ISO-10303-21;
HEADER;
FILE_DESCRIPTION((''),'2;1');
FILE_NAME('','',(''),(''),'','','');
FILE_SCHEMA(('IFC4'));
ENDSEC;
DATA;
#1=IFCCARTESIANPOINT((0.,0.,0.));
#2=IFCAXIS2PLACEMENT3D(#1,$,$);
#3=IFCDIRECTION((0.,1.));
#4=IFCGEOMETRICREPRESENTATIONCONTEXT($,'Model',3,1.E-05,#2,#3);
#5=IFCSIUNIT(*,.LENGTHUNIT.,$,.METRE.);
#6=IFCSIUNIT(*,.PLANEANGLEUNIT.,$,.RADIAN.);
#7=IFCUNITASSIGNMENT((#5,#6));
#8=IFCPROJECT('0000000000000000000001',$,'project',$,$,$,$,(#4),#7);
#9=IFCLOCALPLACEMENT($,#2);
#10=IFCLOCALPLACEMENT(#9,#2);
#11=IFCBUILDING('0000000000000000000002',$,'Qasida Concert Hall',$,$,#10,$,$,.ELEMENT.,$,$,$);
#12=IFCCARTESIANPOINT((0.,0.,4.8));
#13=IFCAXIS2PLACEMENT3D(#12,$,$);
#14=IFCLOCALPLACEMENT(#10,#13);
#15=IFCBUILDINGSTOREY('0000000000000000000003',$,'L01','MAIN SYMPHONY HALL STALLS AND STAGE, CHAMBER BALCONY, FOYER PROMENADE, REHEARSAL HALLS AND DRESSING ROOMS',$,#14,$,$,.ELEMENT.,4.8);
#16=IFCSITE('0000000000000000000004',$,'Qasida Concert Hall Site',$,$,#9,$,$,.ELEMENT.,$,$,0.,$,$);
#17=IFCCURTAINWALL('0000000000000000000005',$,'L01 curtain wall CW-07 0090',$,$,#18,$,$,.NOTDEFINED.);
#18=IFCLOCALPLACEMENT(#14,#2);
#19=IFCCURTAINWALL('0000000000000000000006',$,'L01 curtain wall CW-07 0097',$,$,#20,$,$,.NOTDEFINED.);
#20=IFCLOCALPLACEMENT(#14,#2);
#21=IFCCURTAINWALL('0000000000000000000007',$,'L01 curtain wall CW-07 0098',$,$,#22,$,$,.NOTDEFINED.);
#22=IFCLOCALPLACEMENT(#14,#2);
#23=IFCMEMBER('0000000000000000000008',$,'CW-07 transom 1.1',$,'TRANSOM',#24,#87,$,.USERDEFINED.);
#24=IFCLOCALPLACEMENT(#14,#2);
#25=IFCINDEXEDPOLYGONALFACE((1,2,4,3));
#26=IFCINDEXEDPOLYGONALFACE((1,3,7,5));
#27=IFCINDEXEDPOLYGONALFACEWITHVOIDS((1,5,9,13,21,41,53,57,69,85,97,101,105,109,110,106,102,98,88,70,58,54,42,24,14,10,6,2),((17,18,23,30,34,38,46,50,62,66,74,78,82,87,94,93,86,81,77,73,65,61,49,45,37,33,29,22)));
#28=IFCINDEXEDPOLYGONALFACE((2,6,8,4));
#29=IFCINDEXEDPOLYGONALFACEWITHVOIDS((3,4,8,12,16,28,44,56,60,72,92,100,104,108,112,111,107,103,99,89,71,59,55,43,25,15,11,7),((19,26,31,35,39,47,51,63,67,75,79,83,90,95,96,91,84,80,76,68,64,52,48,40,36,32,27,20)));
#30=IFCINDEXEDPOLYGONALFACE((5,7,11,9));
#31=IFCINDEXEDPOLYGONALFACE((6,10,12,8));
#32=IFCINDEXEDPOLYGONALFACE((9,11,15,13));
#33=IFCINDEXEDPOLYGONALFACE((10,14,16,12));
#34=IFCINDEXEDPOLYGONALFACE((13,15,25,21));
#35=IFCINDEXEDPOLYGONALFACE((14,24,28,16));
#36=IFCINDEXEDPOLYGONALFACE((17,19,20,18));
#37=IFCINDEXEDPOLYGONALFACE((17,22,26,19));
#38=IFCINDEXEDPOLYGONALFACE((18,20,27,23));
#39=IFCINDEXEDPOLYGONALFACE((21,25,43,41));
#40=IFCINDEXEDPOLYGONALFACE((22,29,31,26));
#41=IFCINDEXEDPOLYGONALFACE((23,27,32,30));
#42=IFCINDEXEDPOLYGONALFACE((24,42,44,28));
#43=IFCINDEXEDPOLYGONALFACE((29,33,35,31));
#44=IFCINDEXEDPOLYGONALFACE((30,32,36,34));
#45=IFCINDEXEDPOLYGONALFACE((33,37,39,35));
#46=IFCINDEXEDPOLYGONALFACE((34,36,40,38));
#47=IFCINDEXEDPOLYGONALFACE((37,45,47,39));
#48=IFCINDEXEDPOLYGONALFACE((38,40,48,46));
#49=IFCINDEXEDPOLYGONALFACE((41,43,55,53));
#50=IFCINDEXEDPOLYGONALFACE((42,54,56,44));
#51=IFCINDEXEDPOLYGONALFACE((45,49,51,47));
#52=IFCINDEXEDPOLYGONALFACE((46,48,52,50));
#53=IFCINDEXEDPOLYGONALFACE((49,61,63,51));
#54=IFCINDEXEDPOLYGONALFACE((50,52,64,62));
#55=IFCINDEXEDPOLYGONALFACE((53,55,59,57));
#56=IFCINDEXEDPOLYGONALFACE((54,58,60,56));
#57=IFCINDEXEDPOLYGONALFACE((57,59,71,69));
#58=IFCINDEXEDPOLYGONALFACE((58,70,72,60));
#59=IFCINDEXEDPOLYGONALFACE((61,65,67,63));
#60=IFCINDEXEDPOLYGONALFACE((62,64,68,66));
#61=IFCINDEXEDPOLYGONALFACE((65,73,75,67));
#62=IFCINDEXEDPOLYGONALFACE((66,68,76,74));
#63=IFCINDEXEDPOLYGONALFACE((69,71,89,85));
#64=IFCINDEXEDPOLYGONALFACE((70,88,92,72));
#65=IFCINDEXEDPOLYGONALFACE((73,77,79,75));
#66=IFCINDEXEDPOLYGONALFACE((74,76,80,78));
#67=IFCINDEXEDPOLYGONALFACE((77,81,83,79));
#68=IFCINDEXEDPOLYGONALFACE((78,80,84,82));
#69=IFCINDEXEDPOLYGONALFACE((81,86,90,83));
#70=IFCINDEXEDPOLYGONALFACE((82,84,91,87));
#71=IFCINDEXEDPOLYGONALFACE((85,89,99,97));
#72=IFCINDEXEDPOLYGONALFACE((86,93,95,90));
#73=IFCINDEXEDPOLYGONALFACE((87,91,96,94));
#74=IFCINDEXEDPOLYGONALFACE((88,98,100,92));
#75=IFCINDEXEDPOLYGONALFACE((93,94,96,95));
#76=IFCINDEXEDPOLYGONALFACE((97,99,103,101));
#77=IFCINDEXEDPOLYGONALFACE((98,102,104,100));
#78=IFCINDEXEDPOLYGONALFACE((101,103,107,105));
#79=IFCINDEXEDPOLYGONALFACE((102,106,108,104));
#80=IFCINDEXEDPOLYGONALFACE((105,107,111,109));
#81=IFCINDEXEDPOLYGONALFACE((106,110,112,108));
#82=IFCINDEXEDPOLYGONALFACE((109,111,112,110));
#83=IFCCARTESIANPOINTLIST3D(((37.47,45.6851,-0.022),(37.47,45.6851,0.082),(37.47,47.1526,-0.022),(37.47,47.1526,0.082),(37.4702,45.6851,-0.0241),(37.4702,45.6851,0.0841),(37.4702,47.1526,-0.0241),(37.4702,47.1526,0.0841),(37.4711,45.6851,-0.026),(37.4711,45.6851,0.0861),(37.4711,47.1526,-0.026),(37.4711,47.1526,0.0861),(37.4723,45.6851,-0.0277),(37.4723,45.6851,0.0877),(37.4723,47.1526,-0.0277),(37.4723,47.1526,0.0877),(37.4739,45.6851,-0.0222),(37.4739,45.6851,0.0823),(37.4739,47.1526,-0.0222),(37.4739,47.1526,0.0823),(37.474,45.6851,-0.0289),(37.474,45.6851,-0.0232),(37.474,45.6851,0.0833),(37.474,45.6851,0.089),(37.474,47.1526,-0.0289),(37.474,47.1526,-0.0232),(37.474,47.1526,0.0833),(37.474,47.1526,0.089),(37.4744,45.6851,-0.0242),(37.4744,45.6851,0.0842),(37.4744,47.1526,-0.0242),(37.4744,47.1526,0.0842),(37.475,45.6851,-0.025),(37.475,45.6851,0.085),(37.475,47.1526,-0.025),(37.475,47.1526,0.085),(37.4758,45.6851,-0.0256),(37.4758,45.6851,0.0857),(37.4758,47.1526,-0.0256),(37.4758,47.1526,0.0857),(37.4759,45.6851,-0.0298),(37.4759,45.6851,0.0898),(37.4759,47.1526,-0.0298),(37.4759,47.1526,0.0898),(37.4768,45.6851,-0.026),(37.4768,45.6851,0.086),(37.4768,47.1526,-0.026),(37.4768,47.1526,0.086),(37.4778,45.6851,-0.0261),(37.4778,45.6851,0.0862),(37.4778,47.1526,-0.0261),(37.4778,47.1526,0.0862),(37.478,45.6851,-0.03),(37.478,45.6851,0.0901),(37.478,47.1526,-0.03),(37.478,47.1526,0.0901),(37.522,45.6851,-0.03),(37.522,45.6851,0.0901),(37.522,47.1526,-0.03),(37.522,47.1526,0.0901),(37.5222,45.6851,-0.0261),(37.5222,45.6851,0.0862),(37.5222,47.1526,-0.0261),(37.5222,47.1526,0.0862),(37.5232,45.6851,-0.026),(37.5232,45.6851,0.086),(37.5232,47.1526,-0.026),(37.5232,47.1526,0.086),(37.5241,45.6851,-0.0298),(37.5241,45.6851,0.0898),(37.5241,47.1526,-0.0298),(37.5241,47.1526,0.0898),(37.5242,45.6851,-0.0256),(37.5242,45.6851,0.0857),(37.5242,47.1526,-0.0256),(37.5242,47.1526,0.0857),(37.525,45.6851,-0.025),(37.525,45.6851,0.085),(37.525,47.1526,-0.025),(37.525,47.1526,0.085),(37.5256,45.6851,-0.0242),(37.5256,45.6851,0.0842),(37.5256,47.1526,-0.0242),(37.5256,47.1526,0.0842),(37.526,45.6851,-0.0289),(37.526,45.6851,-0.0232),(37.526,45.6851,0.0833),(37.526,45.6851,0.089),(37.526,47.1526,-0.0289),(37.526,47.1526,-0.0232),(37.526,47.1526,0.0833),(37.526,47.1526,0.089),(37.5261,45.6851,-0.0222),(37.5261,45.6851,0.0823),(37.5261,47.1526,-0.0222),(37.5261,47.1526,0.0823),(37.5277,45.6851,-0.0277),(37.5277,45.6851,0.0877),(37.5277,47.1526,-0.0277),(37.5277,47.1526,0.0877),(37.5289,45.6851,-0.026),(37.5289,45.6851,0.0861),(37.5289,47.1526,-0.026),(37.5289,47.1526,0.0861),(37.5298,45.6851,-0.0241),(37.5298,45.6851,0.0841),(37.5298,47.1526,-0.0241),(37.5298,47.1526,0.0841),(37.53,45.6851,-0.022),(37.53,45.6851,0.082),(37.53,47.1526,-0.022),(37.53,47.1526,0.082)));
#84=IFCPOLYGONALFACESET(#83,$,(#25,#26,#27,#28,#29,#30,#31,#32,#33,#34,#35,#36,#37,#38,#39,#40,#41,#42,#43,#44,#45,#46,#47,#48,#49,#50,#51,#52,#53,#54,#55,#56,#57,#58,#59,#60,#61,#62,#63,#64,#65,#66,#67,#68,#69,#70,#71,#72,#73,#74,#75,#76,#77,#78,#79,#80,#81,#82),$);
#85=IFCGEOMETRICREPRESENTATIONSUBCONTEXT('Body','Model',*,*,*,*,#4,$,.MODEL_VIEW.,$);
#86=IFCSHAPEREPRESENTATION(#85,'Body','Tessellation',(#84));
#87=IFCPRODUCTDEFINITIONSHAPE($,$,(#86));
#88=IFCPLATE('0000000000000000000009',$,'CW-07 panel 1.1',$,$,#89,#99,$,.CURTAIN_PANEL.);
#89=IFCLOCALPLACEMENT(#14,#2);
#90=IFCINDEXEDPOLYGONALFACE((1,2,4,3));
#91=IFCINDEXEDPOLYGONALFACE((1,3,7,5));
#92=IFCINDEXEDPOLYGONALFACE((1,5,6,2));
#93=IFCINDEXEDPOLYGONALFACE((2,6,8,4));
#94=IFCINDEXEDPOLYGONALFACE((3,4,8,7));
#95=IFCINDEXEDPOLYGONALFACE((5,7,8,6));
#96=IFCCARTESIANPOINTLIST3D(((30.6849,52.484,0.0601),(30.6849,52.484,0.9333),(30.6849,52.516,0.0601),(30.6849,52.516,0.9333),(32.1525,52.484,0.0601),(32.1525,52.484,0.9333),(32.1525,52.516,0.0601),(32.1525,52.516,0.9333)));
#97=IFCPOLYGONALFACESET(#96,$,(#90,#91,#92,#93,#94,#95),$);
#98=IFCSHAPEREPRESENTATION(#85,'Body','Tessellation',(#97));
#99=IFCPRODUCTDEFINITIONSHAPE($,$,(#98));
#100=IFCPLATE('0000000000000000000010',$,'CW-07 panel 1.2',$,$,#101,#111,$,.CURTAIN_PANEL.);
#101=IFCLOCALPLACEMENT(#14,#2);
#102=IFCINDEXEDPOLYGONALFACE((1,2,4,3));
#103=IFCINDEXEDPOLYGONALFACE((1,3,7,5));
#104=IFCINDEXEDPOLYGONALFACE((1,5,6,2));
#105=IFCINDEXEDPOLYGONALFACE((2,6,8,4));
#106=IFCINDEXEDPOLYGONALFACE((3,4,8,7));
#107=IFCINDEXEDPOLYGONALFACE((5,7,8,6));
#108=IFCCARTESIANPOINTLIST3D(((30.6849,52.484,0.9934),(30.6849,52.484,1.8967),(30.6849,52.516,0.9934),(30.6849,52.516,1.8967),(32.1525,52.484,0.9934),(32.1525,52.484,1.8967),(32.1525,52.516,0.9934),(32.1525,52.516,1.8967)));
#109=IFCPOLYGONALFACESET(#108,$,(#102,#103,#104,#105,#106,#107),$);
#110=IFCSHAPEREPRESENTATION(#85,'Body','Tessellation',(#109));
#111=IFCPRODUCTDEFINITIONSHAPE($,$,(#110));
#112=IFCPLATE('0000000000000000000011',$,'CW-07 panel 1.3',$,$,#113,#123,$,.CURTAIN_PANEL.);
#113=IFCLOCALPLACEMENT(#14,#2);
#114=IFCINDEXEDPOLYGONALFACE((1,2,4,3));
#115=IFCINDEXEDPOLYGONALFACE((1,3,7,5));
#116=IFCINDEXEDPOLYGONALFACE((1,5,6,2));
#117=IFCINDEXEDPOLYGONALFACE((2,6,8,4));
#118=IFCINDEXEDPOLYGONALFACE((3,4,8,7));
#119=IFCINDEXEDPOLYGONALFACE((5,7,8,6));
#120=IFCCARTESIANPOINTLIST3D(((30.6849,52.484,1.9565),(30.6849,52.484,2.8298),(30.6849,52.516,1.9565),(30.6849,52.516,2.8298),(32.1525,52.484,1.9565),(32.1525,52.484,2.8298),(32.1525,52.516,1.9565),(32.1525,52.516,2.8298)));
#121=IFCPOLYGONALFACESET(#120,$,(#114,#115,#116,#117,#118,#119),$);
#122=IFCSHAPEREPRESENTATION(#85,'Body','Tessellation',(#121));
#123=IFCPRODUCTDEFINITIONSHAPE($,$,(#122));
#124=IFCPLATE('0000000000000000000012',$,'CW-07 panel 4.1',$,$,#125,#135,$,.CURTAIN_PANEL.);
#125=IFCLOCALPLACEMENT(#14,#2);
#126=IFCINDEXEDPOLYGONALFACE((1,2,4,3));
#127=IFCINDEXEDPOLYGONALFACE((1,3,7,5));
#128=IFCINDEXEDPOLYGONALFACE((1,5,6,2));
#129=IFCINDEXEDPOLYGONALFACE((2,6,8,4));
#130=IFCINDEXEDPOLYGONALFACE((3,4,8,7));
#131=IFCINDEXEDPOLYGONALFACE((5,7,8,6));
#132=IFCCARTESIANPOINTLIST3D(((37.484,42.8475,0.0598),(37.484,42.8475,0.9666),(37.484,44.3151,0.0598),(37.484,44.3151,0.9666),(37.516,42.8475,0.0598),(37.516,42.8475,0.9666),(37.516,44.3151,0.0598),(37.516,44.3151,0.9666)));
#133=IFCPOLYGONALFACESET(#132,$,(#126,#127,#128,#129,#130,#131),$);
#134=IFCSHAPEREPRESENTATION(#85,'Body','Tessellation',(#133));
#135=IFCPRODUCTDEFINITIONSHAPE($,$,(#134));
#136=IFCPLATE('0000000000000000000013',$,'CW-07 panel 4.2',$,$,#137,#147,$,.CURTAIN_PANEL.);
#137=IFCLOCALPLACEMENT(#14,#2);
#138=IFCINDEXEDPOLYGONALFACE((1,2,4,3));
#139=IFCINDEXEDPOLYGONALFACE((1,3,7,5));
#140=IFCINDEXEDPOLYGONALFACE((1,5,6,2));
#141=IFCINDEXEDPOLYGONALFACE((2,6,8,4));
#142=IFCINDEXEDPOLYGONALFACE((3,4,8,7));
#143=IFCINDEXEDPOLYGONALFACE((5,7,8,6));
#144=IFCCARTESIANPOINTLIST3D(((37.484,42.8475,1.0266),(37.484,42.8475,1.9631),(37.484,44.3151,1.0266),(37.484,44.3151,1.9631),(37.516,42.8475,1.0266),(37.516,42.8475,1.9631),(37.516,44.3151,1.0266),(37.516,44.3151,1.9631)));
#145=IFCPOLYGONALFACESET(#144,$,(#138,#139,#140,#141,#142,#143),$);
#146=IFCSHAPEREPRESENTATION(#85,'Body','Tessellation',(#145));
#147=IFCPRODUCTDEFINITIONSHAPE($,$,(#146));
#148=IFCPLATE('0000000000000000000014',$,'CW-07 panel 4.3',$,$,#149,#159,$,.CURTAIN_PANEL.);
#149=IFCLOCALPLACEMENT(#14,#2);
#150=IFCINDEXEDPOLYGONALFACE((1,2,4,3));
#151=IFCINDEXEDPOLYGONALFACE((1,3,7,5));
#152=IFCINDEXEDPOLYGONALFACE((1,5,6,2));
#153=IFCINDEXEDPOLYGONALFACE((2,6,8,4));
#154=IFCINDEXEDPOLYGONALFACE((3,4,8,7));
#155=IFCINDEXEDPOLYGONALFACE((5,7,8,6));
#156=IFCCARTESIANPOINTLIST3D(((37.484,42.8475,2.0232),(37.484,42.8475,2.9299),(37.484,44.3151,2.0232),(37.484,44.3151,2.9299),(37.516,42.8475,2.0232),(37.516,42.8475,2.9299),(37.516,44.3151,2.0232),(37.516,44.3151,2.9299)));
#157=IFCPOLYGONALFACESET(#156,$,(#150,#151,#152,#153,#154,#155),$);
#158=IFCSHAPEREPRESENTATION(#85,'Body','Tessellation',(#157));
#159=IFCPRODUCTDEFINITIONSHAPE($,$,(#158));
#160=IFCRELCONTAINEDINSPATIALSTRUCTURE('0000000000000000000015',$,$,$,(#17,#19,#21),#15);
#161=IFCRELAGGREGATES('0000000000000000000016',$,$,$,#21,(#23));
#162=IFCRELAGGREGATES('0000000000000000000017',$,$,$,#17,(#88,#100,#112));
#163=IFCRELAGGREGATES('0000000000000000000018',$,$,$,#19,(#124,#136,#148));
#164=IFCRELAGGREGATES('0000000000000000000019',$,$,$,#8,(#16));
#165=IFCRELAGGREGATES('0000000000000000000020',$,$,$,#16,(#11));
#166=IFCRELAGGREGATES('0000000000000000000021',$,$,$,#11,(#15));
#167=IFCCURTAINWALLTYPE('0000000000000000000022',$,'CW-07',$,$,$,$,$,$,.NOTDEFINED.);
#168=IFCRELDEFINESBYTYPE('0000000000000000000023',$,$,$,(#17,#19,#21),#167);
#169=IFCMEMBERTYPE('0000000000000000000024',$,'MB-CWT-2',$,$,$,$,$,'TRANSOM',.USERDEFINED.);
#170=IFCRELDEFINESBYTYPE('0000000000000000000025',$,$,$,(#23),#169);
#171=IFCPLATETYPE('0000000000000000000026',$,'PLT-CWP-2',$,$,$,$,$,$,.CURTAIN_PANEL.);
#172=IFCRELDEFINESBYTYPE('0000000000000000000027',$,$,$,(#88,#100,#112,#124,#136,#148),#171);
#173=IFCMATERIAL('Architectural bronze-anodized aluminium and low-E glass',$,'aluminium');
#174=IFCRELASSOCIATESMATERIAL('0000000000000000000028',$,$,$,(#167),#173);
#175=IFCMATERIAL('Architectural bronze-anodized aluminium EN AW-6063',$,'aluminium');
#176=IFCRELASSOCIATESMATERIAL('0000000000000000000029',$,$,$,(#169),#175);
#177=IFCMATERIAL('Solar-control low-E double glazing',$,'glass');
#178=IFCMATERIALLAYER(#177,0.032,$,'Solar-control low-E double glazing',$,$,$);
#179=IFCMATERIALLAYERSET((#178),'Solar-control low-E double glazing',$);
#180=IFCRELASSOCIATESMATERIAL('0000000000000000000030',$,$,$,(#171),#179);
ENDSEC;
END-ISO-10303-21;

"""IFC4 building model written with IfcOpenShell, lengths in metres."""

from ifc_helpers import new_model, si_unit, direction, frame, origin, origin_2d, place, context, subcontext, project, spatial, rectangle, hollow_rectangle, extrude, material, layer, layer_set, material_profile, profile_set, type_object, element, aggregate, save


model = new_model("IFC4")

# Units and contexts
model_context = context("Model", 3, precision=1e-05, world=origin(), true_north=direction((0.0, 1.0)))
body_context = subcontext(model_context, "Body", "Model", "MODEL_VIEW")
ifc_project = project(units=[si_unit("LENGTHUNIT", "METRE"), si_unit("PLANEANGLEUNIT", "RADIAN")], contexts=[model_context])

# Site, building, storey
site_placement = place(None, origin())
site = spatial("IfcSite", under=ifc_project, at=site_placement, Name="Qasida Concert Hall Site", CompositionType="ELEMENT", RefElevation=0.0)
building_placement = place(site_placement, origin())
building = spatial("IfcBuilding", under=site, at=building_placement, Name="Qasida Concert Hall", CompositionType="ELEMENT")
storey_placement = place(building_placement, frame((0.0, 0.0, 4.8)))
storey = spatial("IfcBuildingStorey", under=building, at=storey_placement, Name="L01", Description="MAIN SYMPHONY HALL STALLS AND STAGE, CHAMBER BALCONY, FOYER PROMENADE, REHEARSAL HALLS AND DRESSING ROOMS", CompositionType="ELEMENT", Elevation=4.8)

# Curtain wall
ifc_material_1 = material(Name="Architectural bronze-anodized aluminium and low-E glass", Category="aluminium")
curtain_wall_type = type_object("IfcCurtainWallType", Name="CW-07", PredefinedType="NOTDEFINED", material=ifc_material_1)
curtain_wall_1_placement = place(storey_placement, origin())
curtain_wall_1 = element("IfcCurtainWall", 1, at=curtain_wall_1_placement, inside=storey, type_object=curtain_wall_type, Name="L01 curtain wall CW-07 0090", PredefinedType="NOTDEFINED")
ifc_material_2 = material(Name="Architectural bronze-anodized aluminium EN AW-6063", Category="aluminium")

# Curtain walls
curtain_wall_2_placement = place(storey_placement, origin())
curtain_wall_2 = element("IfcCurtainWall", 2, at=curtain_wall_2_placement, inside=storey, type_object=curtain_wall_type, Name="L01 curtain wall CW-07 0097", PredefinedType="NOTDEFINED")
curtain_wall_3_placement = place(storey_placement, origin())
curtain_wall_3 = element("IfcCurtainWall", 3, at=curtain_wall_3_placement, inside=storey, type_object=curtain_wall_type, Name="L01 curtain wall CW-07 0098", PredefinedType="NOTDEFINED")

# Member
ifc_material_profile_1 = material_profile(ifc_material_2, hollow_rectangle(XDim=0.0601, YDim=0.1201, WallThickness=0.0039, InnerFilletRadius=0.0039, OuterFilletRadius=0.0081, at=origin_2d()), Name="CWT 120x60x4")
ifc_profile_set_1 = profile_set([ifc_material_profile_1], Name="Architectural bronze-anodized aluminium EN AW-6063")
member_type_1 = type_object("IfcMemberType", Name="MB-CWT-2", ElementType="TRANSOM", PredefinedType="USERDEFINED", material=ifc_profile_set_1)
member_1_placement = place(storey_placement, frame((37.5, 45.6851, 0.03), z_axis=(0.0, 1.0, 0.0), x_axis=(-1.0, 0.0, 0.0)))
member_1 = element("IfcMember", 4, at=member_1_placement, type_object=member_type_1, Name="CW-07 transom 1.1", ObjectType="TRANSOM", PredefinedType="USERDEFINED", context=body_context, shape_type="SweptSolid", body=[
    extrude(hollow_rectangle(XDim=0.0601, YDim=0.1201, WallThickness=0.0039, InnerFilletRadius=0.0039, OuterFilletRadius=0.0081, at=origin_2d()), origin(), (0.0, 0.0, 1.0), 1.4675),
])
aggregate(curtain_wall_3, [member_1])

# Plates
ifc_material_3 = material(Name="Solar-control low-E double glazing", Category="glass")
ifc_layer = layer(ifc_material_3, 0.032, Name="Solar-control low-E double glazing")
ifc_layer_set = layer_set([ifc_layer], Name="Solar-control low-E double glazing")
plate_type = type_object("IfcPlateType", Name="PLT-CWP-2", PredefinedType="CURTAIN_PANEL", material=ifc_layer_set)
plate_1_placement = place(storey_placement, frame((31.4187, 52.5, 0.0601), z_axis=(0.0, 0.0, 1.0), x_axis=(1.0, 0.0, 0.0)))
plate_1 = element("IfcPlate", 5, at=plate_1_placement, type_object=plate_type, Name="CW-07 panel 1.1", PredefinedType="CURTAIN_PANEL", context=body_context, shape_type="SweptSolid", body=[
    extrude(rectangle(XDim=1.4675, YDim=0.032, at=origin_2d()), origin(), (0.0, 0.0, 1.0), 0.8733),
])
plate_2_placement = place(storey_placement, frame((31.4187, 52.5, 0.9934), z_axis=(0.0, 0.0, 1.0), x_axis=(1.0, 0.0, 0.0)))
plate_2 = element("IfcPlate", 6, at=plate_2_placement, type_object=plate_type, Name="CW-07 panel 1.2", PredefinedType="CURTAIN_PANEL", context=body_context, shape_type="SweptSolid", body=[
    extrude(rectangle(XDim=1.4675, YDim=0.032, at=origin_2d()), origin(), (0.0, 0.0, 1.0), 0.9033),
])
plate_3_placement = place(storey_placement, frame((31.4187, 52.5, 1.9565), z_axis=(0.0, 0.0, 1.0), x_axis=(1.0, 0.0, 0.0)))
plate_3 = element("IfcPlate", 7, at=plate_3_placement, type_object=plate_type, Name="CW-07 panel 1.3", PredefinedType="CURTAIN_PANEL", context=body_context, shape_type="SweptSolid", body=[
    extrude(rectangle(XDim=1.4675, YDim=0.032, at=origin_2d()), origin(), (0.0, 0.0, 1.0), 0.8733),
])
aggregate(curtain_wall_1, [plate_1, plate_2, plate_3])
plate_4_placement = place(storey_placement, frame((37.5, 43.5813, 0.0598), z_axis=(0.0, 0.0, 1.0), x_axis=(0.0, 1.0, 0.0)))
plate_4 = element("IfcPlate", 8, at=plate_4_placement, type_object=plate_type, Name="CW-07 panel 4.1", PredefinedType="CURTAIN_PANEL", context=body_context, shape_type="SweptSolid", body=[
    extrude(rectangle(XDim=1.4675, YDim=0.032, at=origin_2d()), origin(), (0.0, 0.0, 1.0), 0.9067),
])
plate_5_placement = place(storey_placement, frame((37.5, 43.5813, 1.0266), z_axis=(0.0, 0.0, 1.0), x_axis=(0.0, 1.0, 0.0)))
plate_5 = element("IfcPlate", 9, at=plate_5_placement, type_object=plate_type, Name="CW-07 panel 4.2", PredefinedType="CURTAIN_PANEL", context=body_context, shape_type="SweptSolid", body=[
    extrude(rectangle(XDim=1.4675, YDim=0.032, at=origin_2d()), origin(), (0.0, 0.0, 1.0), 0.9365),
])
plate_6_placement = place(storey_placement, frame((37.5, 43.5813, 2.0232), z_axis=(0.0, 0.0, 1.0), x_axis=(0.0, 1.0, 0.0)))
plate_6 = element("IfcPlate", 10, at=plate_6_placement, type_object=plate_type, Name="CW-07 panel 4.3", PredefinedType="CURTAIN_PANEL", context=body_context, shape_type="SweptSolid", body=[
    extrude(rectangle(XDim=1.4675, YDim=0.032, at=origin_2d()), origin(), (0.0, 0.0, 1.0), 0.9067),
])
aggregate(curtain_wall_2, [plate_4, plate_5, plate_6])

save(model, "model.ifc")
